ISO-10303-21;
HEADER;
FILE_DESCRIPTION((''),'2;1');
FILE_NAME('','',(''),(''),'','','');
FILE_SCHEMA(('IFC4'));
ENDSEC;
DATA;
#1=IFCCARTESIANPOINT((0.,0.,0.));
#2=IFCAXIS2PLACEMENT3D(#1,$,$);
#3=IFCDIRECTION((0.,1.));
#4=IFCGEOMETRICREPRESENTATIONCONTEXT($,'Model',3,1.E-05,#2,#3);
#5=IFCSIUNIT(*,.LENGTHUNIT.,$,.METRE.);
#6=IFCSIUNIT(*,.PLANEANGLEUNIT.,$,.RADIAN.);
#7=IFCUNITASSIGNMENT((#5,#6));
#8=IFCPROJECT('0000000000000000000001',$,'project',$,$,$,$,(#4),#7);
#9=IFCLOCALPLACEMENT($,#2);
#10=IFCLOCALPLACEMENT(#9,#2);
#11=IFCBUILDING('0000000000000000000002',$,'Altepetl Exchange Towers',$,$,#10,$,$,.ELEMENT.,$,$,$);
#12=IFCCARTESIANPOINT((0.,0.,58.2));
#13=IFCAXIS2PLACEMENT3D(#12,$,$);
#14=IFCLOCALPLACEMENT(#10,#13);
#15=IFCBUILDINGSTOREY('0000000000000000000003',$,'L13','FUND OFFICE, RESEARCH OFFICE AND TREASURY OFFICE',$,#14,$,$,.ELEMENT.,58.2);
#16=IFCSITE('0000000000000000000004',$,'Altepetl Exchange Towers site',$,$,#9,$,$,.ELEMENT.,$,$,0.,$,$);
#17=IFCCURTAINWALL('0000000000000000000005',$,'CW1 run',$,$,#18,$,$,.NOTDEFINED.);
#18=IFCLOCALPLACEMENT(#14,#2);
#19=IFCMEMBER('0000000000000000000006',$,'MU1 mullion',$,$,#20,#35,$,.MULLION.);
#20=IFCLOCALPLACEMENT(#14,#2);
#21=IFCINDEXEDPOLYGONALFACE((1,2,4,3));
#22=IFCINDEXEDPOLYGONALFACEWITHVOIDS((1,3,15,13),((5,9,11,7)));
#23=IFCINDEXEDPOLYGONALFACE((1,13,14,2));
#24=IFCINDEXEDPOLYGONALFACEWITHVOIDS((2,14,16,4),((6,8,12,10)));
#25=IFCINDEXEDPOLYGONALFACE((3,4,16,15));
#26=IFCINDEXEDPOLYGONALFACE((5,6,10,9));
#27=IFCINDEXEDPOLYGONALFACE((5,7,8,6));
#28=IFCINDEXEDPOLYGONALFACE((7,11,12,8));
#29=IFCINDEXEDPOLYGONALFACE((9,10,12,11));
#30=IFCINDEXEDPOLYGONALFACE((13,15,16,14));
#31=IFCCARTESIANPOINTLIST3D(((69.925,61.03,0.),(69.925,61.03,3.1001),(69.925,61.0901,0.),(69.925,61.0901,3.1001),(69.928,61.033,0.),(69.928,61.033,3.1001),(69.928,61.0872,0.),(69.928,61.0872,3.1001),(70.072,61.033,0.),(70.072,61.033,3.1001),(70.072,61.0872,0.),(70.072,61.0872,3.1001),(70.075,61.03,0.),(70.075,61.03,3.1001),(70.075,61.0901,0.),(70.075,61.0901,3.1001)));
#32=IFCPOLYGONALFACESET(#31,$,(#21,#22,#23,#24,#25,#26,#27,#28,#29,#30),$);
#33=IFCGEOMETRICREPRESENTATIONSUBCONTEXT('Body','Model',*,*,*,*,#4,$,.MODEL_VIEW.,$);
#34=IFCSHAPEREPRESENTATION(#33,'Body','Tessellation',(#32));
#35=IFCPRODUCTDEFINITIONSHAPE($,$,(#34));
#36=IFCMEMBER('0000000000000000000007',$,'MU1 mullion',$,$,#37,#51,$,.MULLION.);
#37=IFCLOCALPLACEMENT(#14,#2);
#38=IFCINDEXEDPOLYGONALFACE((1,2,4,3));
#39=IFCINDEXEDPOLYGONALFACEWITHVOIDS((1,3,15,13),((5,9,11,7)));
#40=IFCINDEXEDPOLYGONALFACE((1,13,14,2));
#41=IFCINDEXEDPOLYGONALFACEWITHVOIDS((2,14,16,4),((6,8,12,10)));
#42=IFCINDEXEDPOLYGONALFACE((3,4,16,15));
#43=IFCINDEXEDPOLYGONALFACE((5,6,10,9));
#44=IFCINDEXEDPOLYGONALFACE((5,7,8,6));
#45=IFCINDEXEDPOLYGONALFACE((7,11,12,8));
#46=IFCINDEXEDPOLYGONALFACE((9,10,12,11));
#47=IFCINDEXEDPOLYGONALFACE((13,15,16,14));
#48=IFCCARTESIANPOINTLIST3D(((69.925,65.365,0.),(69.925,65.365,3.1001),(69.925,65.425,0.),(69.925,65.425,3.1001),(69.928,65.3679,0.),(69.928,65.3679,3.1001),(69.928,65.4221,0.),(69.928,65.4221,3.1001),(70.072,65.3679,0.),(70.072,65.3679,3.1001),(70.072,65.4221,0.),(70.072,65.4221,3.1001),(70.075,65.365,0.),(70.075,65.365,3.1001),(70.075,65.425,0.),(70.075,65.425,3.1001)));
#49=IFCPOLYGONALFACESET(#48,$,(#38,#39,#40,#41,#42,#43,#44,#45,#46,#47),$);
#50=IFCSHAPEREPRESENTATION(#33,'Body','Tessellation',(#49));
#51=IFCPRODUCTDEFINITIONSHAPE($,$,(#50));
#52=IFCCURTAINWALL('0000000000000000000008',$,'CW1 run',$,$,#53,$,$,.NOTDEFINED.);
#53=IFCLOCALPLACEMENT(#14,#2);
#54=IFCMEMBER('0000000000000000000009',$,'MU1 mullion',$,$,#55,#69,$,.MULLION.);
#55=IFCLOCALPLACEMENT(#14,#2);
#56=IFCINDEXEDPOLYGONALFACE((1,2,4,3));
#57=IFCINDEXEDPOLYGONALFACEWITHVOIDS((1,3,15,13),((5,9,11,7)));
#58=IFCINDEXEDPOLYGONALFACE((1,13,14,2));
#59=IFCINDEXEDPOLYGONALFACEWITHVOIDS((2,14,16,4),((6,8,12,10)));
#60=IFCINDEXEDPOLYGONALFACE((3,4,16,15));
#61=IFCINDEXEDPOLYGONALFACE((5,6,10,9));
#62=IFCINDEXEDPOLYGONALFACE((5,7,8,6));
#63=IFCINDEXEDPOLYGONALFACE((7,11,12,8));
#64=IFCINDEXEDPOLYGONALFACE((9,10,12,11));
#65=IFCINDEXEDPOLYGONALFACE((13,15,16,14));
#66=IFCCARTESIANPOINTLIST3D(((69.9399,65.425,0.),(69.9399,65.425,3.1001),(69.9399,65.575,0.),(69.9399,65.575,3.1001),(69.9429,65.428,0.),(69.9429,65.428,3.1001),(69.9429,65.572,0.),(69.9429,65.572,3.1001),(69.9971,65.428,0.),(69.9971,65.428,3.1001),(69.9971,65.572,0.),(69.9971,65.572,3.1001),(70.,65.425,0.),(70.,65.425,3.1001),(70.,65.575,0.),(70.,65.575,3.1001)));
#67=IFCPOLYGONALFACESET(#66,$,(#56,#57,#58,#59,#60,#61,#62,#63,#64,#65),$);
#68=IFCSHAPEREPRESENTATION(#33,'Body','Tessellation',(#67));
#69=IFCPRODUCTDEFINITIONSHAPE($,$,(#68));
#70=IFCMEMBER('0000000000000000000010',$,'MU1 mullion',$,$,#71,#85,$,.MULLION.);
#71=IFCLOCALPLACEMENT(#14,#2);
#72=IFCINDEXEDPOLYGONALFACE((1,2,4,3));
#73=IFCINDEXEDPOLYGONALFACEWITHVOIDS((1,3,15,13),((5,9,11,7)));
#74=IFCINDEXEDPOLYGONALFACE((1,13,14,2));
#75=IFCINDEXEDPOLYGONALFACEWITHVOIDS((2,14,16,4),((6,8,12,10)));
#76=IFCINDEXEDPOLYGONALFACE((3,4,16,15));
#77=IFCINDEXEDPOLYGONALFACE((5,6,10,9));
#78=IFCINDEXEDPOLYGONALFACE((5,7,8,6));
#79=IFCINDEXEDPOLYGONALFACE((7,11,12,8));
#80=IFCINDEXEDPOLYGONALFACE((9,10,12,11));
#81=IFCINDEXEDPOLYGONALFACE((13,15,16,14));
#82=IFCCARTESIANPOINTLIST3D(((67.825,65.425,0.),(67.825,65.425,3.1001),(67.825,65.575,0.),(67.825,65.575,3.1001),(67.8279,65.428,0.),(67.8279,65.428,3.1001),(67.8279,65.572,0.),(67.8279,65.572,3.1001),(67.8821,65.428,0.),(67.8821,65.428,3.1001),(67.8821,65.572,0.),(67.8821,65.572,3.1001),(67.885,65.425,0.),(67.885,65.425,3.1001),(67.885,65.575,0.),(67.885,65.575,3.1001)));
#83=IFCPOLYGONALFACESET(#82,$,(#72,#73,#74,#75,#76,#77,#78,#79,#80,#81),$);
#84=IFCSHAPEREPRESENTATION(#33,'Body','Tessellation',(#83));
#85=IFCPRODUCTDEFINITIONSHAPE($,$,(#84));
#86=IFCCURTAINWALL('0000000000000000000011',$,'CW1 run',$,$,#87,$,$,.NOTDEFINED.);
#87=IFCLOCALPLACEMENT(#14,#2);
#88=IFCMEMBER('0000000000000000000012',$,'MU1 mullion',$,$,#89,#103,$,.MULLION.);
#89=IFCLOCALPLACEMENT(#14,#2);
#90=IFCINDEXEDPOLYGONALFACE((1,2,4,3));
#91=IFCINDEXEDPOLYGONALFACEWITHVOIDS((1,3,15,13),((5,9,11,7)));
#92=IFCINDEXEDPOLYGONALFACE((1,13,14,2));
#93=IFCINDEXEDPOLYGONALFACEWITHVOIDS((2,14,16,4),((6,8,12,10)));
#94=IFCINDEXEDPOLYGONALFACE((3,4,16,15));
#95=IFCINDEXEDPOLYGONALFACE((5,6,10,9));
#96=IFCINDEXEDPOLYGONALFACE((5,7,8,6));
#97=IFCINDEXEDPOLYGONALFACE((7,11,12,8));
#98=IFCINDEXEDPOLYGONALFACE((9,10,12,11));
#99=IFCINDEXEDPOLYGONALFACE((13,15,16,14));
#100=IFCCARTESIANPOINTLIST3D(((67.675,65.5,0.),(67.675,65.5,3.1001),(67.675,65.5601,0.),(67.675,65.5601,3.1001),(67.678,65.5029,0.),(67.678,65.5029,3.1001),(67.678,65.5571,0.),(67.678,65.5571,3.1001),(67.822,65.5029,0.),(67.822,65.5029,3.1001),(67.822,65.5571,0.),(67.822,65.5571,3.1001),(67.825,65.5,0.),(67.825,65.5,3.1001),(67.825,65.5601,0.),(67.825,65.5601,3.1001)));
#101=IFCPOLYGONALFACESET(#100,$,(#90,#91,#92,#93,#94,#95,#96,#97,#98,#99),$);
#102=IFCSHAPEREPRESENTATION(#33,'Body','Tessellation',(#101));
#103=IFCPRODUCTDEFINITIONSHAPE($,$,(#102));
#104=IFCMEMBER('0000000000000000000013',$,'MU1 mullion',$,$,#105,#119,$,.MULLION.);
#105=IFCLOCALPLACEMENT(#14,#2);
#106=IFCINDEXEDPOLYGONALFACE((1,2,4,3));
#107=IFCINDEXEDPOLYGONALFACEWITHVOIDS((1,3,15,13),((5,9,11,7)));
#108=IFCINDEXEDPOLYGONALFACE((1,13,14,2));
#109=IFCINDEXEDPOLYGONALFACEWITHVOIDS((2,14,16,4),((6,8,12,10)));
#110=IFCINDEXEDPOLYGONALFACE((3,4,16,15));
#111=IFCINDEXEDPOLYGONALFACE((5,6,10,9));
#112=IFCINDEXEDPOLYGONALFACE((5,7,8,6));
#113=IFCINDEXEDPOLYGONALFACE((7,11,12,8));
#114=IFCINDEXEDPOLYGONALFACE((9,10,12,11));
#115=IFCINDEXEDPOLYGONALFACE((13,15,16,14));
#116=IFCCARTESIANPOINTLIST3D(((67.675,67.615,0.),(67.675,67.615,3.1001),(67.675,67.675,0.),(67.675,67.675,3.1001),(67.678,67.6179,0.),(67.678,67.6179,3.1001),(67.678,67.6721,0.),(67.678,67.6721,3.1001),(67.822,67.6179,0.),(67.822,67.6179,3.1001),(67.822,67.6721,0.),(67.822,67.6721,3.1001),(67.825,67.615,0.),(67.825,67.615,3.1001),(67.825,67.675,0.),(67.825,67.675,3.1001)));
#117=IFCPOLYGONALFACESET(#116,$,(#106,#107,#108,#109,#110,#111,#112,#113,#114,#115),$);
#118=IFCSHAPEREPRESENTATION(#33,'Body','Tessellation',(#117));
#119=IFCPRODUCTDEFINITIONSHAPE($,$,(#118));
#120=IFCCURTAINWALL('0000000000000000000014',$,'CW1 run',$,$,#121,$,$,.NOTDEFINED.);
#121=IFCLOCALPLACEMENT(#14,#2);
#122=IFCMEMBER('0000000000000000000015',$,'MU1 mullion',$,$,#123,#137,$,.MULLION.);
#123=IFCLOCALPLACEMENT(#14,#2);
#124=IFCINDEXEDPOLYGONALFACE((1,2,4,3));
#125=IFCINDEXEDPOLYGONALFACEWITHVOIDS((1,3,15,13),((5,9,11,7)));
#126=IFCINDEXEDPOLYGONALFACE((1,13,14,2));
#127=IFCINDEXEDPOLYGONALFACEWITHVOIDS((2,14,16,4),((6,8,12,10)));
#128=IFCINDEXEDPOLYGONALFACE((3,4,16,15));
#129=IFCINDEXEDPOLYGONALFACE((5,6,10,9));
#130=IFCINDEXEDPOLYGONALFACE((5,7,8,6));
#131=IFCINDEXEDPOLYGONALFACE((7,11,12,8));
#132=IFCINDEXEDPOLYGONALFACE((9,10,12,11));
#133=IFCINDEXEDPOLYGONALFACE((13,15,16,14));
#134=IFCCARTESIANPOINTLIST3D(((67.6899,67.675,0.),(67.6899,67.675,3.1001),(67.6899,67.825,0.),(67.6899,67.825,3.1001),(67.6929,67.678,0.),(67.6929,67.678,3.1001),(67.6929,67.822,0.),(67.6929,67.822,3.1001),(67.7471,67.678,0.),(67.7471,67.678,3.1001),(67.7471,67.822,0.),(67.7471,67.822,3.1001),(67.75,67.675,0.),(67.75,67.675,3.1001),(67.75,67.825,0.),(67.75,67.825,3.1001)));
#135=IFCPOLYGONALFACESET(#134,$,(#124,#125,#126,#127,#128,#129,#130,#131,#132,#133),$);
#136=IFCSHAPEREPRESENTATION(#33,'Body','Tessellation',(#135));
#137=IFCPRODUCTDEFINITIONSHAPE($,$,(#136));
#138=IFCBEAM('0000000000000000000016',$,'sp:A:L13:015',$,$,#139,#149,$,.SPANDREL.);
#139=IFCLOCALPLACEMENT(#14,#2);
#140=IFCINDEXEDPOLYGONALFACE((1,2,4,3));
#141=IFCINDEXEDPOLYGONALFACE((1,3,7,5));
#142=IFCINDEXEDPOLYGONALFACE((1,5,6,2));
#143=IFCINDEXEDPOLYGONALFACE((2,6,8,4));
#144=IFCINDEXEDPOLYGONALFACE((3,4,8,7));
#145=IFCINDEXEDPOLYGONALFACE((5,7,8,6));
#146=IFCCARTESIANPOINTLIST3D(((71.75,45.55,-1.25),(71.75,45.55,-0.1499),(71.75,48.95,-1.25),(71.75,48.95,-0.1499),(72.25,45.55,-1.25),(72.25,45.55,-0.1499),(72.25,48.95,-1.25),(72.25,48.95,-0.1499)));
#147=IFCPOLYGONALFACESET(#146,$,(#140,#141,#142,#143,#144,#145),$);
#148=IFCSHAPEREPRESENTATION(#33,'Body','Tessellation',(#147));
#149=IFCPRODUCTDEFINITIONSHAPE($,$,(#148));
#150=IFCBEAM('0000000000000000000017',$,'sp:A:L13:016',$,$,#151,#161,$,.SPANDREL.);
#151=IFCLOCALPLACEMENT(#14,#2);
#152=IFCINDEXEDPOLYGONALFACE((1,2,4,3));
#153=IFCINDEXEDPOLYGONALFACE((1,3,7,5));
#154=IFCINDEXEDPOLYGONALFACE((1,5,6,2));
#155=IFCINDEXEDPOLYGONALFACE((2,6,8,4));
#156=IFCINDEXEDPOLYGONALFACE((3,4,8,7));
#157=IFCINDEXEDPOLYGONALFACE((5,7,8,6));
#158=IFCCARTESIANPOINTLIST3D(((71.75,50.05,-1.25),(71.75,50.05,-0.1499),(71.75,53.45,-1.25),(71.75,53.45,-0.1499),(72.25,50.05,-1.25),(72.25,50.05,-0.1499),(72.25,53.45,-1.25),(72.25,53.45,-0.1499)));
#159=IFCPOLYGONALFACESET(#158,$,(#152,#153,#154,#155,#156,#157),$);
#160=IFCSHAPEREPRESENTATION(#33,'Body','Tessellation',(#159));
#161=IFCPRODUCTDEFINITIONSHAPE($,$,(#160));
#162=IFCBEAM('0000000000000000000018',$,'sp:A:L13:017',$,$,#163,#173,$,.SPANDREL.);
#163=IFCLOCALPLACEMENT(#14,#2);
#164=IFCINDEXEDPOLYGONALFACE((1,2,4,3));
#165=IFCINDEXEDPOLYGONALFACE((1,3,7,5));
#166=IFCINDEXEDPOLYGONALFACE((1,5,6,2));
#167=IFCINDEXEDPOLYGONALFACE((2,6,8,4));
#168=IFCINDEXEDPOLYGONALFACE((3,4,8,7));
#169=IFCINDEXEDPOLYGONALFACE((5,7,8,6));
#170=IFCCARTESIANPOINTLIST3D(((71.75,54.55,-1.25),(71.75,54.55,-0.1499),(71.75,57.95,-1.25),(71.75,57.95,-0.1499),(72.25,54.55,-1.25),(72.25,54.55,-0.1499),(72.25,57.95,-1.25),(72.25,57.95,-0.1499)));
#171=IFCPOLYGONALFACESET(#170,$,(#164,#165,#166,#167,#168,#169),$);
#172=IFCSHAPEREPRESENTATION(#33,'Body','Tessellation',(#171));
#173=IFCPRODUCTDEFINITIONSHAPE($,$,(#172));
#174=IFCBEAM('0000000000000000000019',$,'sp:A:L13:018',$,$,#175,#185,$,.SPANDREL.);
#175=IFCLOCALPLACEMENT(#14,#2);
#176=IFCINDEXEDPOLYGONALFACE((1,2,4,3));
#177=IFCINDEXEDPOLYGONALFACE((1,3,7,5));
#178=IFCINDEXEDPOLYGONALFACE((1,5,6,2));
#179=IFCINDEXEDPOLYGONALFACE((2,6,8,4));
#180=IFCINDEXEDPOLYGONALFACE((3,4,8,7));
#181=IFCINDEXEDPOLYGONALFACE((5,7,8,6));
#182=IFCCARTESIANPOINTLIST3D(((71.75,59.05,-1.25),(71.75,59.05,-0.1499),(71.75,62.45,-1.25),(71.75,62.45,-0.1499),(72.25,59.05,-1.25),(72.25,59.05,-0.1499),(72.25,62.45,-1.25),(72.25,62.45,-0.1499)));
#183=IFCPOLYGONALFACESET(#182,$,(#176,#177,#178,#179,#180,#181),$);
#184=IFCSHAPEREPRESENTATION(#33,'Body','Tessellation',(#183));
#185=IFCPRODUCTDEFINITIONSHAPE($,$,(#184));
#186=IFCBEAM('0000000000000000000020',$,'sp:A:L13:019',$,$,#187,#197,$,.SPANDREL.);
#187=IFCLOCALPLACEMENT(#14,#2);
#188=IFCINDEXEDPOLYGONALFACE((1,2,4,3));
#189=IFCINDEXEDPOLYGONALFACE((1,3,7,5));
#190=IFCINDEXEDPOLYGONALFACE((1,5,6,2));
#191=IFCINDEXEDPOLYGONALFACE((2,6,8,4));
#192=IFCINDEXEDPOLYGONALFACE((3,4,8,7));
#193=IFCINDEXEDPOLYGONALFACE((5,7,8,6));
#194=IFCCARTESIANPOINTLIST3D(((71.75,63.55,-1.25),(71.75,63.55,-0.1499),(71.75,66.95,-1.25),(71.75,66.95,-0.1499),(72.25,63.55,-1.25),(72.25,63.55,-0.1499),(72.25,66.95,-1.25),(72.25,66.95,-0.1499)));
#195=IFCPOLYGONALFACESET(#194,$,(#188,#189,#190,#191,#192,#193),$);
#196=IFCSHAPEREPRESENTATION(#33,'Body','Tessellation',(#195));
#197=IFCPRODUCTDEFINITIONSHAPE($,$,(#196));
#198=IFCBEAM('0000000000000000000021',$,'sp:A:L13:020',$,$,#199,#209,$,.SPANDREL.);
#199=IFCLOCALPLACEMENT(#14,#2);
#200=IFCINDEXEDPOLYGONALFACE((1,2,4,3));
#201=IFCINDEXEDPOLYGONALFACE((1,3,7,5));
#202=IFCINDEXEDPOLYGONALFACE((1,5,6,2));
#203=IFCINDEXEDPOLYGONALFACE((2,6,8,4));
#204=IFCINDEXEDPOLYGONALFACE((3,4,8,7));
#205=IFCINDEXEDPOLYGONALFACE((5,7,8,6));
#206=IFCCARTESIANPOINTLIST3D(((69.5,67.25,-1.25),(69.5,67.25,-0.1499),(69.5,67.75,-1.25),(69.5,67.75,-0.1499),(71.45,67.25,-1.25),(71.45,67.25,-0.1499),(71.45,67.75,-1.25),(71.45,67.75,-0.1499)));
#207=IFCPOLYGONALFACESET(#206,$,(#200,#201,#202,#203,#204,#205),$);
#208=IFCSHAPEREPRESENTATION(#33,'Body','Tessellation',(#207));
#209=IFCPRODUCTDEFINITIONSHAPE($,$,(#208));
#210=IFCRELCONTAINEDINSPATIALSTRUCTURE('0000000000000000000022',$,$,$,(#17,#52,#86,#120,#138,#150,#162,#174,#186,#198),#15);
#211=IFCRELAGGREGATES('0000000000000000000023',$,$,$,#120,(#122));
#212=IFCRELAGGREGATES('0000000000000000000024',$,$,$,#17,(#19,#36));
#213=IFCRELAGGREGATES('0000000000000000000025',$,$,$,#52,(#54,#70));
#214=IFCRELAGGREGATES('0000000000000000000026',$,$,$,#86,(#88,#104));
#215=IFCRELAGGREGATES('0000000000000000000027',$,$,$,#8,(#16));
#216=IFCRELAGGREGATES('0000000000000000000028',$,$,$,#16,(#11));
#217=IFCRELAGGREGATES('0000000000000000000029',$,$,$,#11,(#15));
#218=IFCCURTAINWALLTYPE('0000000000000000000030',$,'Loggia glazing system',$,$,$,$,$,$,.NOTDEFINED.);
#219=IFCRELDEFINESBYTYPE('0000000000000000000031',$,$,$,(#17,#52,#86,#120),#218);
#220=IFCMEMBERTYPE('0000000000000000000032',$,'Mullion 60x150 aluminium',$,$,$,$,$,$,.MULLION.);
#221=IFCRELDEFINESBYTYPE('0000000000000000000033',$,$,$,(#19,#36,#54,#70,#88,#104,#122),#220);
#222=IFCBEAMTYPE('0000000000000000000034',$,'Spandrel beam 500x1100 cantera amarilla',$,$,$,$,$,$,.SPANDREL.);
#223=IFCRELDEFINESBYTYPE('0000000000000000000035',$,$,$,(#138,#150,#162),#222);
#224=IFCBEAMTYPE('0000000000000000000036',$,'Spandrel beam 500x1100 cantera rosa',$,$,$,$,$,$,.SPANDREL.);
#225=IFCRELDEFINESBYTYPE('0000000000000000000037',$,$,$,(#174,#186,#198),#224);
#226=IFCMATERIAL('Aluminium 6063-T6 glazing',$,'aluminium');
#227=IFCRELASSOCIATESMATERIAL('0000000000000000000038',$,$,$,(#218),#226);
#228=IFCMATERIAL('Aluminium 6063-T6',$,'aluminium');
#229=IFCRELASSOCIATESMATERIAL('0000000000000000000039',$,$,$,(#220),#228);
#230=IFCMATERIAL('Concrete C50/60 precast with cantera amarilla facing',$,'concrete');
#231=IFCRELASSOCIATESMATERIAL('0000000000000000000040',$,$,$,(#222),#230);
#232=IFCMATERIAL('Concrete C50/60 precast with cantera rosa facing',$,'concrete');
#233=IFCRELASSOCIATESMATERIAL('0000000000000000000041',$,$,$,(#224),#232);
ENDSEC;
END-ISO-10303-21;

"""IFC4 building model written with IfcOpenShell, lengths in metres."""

from ifc_helpers import new_model, si_unit, direction, frame, origin, origin_2d, place, context, subcontext, project, spatial, rectangle, hollow_rectangle, extrude, material, material_profile, profile_set, type_object, element, aggregate, save


model = new_model("IFC4")

# Units and contexts
model_context = context("Model", 3, precision=1e-05, world=origin(), true_north=direction((0.0, 1.0)))
body_context = subcontext(model_context, "Body", "Model", "MODEL_VIEW")
ifc_project = project(units=[si_unit("LENGTHUNIT", "METRE"), si_unit("PLANEANGLEUNIT", "RADIAN")], contexts=[model_context])

# Site, building, storey
site_placement = place(None, origin())
site = spatial("IfcSite", under=ifc_project, at=site_placement, Name="Altepetl Exchange Towers site", CompositionType="ELEMENT", RefElevation=0.0)
building_placement = place(site_placement, origin())
building = spatial("IfcBuilding", under=site, at=building_placement, Name="Altepetl Exchange Towers", CompositionType="ELEMENT")
storey_placement = place(building_placement, frame((0.0, 0.0, 58.2)))
storey = spatial("IfcBuildingStorey", under=building, at=storey_placement, Name="L13", Description="FUND OFFICE, RESEARCH OFFICE AND TREASURY OFFICE", CompositionType="ELEMENT", Elevation=58.2)

# Curtain walls, members
ifc_material_1 = material(Name="Aluminium 6063-T6 glazing", Category="aluminium")
curtain_wall_type = type_object("IfcCurtainWallType", Name="Loggia glazing system", PredefinedType="NOTDEFINED", material=ifc_material_1)
ifc_material_2 = material(Name="Aluminium 6063-T6", Category="aluminium")
ifc_material_profile_1 = material_profile(ifc_material_2, hollow_rectangle(XDim=0.0601, YDim=0.1499, WallThickness=0.0029, at=origin_2d()), Name="Mullion 60x150 aluminium")
ifc_profile_set_1 = profile_set([ifc_material_profile_1], Name="Aluminium 6063-T6")
member_type = type_object("IfcMemberType", Name="Mullion 60x150 aluminium", PredefinedType="MULLION", material=ifc_profile_set_1)
curtain_wall_1_placement = place(storey_placement, origin())
curtain_wall_1 = element("IfcCurtainWall", 1, at=curtain_wall_1_placement, inside=storey, type_object=curtain_wall_type, Name="CW1 run", PredefinedType="NOTDEFINED")
member_1_placement = place(storey_placement, frame((70.0, 61.0601, 0.0), z_axis=(0.0, 0.0, 1.0), x_axis=(0.0, 1.0, 0.0)))
member_1 = element("IfcMember", 2, at=member_1_placement, type_object=member_type, Name="MU1 mullion", PredefinedType="MULLION", context=body_context, shape_type="SweptSolid", body=[
    extrude(hollow_rectangle(XDim=0.0601, YDim=0.1499, WallThickness=0.0029, at=origin_2d()), origin(), (0.0, 0.0, 1.0), 3.1001),
])
member_2_placement = place(storey_placement, frame((70.0, 65.395, 0.0), z_axis=(0.0, 0.0, 1.0), x_axis=(0.0, 1.0, 0.0)))
member_2 = element("IfcMember", 3, at=member_2_placement, type_object=member_type, Name="MU1 mullion", PredefinedType="MULLION", context=body_context, shape_type="SweptSolid", body=[
    extrude(hollow_rectangle(XDim=0.0601, YDim=0.1499, WallThickness=0.0029, at=origin_2d()), origin(), (0.0, 0.0, 1.0), 3.1001),
])
curtain_wall_2_placement = place(storey_placement, origin())
curtain_wall_2 = element("IfcCurtainWall", 4, at=curtain_wall_2_placement, inside=storey, type_object=curtain_wall_type, Name="CW1 run", PredefinedType="NOTDEFINED")
member_3_placement = place(storey_placement, frame((69.97, 65.5, 0.0), z_axis=(0.0, 0.0, 1.0), x_axis=(-1.0, 0.0, 0.0)))
member_3 = element("IfcMember", 5, at=member_3_placement, type_object=member_type, Name="MU1 mullion", PredefinedType="MULLION", context=body_context, shape_type="SweptSolid", body=[
    extrude(hollow_rectangle(XDim=0.0601, YDim=0.1499, WallThickness=0.0029, at=origin_2d()), origin(), (0.0, 0.0, 1.0), 3.1001),
])
member_4_placement = place(storey_placement, frame((67.855, 65.5, 0.0), z_axis=(0.0, 0.0, 1.0), x_axis=(-1.0, 0.0, 0.0)))
member_4 = element("IfcMember", 6, at=member_4_placement, type_object=member_type, Name="MU1 mullion", PredefinedType="MULLION", context=body_context, shape_type="SweptSolid", body=[
    extrude(hollow_rectangle(XDim=0.0601, YDim=0.1499, WallThickness=0.0029, at=origin_2d()), origin(), (0.0, 0.0, 1.0), 3.1001),
])
curtain_wall_3_placement = place(storey_placement, origin())
curtain_wall_3 = element("IfcCurtainWall", 7, at=curtain_wall_3_placement, inside=storey, type_object=curtain_wall_type, Name="CW1 run", PredefinedType="NOTDEFINED")
member_5_placement = place(storey_placement, frame((67.75, 65.53, 0.0), z_axis=(0.0, 0.0, 1.0), x_axis=(0.0, 1.0, 0.0)))
member_5 = element("IfcMember", 8, at=member_5_placement, type_object=member_type, Name="MU1 mullion", PredefinedType="MULLION", context=body_context, shape_type="SweptSolid", body=[
    extrude(hollow_rectangle(XDim=0.0601, YDim=0.1499, WallThickness=0.0029, at=origin_2d()), origin(), (0.0, 0.0, 1.0), 3.1001),
])
member_6_placement = place(storey_placement, frame((67.75, 67.645, 0.0), z_axis=(0.0, 0.0, 1.0), x_axis=(0.0, 1.0, 0.0)))
member_6 = element("IfcMember", 9, at=member_6_placement, type_object=member_type, Name="MU1 mullion", PredefinedType="MULLION", context=body_context, shape_type="SweptSolid", body=[
    extrude(hollow_rectangle(XDim=0.0601, YDim=0.1499, WallThickness=0.0029, at=origin_2d()), origin(), (0.0, 0.0, 1.0), 3.1001),
])

# Curtain wall, member
curtain_wall_4_placement = place(storey_placement, origin())
curtain_wall_4 = element("IfcCurtainWall", 10, at=curtain_wall_4_placement, inside=storey, type_object=curtain_wall_type, Name="CW1 run", PredefinedType="NOTDEFINED")
member_7_placement = place(storey_placement, frame((67.72, 67.75, 0.0), z_axis=(0.0, 0.0, 1.0), x_axis=(-1.0, 0.0, 0.0)))
member_7 = element("IfcMember", 11, at=member_7_placement, type_object=member_type, Name="MU1 mullion", PredefinedType="MULLION", context=body_context, shape_type="SweptSolid", body=[
    extrude(hollow_rectangle(XDim=0.0601, YDim=0.1499, WallThickness=0.0029, at=origin_2d()), origin(), (0.0, 0.0, 1.0), 3.1001),
])
aggregate(curtain_wall_4, [member_7])

# Beams
ifc_material_3 = material(Name="Concrete C50/60 precast with cantera amarilla facing", Category="concrete")
ifc_material_profile_2 = material_profile(ifc_material_3, rectangle(XDim=0.5, YDim=1.1001, at=origin_2d()), Name="500 x 1100")
ifc_profile_set_2 = profile_set([ifc_material_profile_2], Name="Concrete C50/60 precast with cantera amarilla facing")
beam_type_1 = type_object("IfcBeamType", Name="Spandrel beam 500x1100 cantera amarilla", PredefinedType="SPANDREL", material=ifc_profile_set_2)
for number, where, z_axis, x_axis, name in (
    (12, (72.0, 45.55, -0.7), (0.0, 1.0, 0.0), (-1.0, 0.0, 0.0), "sp:A:L13:015"),
    (13, (72.0, 50.05, -0.7), (0.0, 1.0, 0.0), (-1.0, 0.0, 0.0), "sp:A:L13:016"),
    (14, (72.0, 54.55, -0.7), (0.0, 1.0, 0.0), (-1.0, 0.0, 0.0), "sp:A:L13:017"),
):
    element("IfcBeam", number, at=place(storey_placement, frame(where, z_axis=z_axis, x_axis=x_axis)), inside=storey, type_object=beam_type_1, Name=name, PredefinedType="SPANDREL", context=body_context, shape_type="SweptSolid", body=[
        extrude(rectangle(XDim=0.5, YDim=1.1001, at=origin_2d()), origin(), (0.0, 0.0, 1.0), 3.3999),
    ])
ifc_material_4 = material(Name="Concrete C50/60 precast with cantera rosa facing", Category="concrete")
ifc_material_profile_3 = material_profile(ifc_material_4, rectangle(XDim=0.5, YDim=1.1001, at=origin_2d()), Name="500 x 1100")
ifc_profile_set_3 = profile_set([ifc_material_profile_3], Name="Concrete C50/60 precast with cantera rosa facing")
beam_type_2 = type_object("IfcBeamType", Name="Spandrel beam 500x1100 cantera rosa", PredefinedType="SPANDREL", material=ifc_profile_set_3)
for number, where, z_axis, x_axis, name in (
    (15, (72.0, 59.05, -0.7), (0.0, 1.0, 0.0), (-1.0, 0.0, 0.0), "sp:A:L13:018"),
    (16, (72.0, 63.55, -0.7), (0.0, 1.0, 0.0), (-1.0, 0.0, 0.0), "sp:A:L13:019"),
):
    element("IfcBeam", number, at=place(storey_placement, frame(where, z_axis=z_axis, x_axis=x_axis)), inside=storey, type_object=beam_type_2, Name=name, PredefinedType="SPANDREL", context=body_context, shape_type="SweptSolid", body=[
        extrude(rectangle(XDim=0.5, YDim=1.1001, at=origin_2d()), origin(), (0.0, 0.0, 1.0), 3.3999),
    ])
beam_1_placement = place(storey_placement, frame((71.45, 67.5, -0.7), z_axis=(-1.0, 0.0, 0.0), x_axis=(0.0, -1.0, 0.0)))
element("IfcBeam", 17, at=beam_1_placement, inside=storey, type_object=beam_type_2, Name="sp:A:L13:020", PredefinedType="SPANDREL", context=body_context, shape_type="SweptSolid", body=[
    extrude(rectangle(XDim=0.5, YDim=1.1001, at=origin_2d()), origin(), (0.0, 0.0, 1.0), 1.95),
])

aggregate(curtain_wall_1, [member_1, member_2])
aggregate(curtain_wall_2, [member_3, member_4])
aggregate(curtain_wall_3, [member_5, member_6])

save(model, "model.ifc")
